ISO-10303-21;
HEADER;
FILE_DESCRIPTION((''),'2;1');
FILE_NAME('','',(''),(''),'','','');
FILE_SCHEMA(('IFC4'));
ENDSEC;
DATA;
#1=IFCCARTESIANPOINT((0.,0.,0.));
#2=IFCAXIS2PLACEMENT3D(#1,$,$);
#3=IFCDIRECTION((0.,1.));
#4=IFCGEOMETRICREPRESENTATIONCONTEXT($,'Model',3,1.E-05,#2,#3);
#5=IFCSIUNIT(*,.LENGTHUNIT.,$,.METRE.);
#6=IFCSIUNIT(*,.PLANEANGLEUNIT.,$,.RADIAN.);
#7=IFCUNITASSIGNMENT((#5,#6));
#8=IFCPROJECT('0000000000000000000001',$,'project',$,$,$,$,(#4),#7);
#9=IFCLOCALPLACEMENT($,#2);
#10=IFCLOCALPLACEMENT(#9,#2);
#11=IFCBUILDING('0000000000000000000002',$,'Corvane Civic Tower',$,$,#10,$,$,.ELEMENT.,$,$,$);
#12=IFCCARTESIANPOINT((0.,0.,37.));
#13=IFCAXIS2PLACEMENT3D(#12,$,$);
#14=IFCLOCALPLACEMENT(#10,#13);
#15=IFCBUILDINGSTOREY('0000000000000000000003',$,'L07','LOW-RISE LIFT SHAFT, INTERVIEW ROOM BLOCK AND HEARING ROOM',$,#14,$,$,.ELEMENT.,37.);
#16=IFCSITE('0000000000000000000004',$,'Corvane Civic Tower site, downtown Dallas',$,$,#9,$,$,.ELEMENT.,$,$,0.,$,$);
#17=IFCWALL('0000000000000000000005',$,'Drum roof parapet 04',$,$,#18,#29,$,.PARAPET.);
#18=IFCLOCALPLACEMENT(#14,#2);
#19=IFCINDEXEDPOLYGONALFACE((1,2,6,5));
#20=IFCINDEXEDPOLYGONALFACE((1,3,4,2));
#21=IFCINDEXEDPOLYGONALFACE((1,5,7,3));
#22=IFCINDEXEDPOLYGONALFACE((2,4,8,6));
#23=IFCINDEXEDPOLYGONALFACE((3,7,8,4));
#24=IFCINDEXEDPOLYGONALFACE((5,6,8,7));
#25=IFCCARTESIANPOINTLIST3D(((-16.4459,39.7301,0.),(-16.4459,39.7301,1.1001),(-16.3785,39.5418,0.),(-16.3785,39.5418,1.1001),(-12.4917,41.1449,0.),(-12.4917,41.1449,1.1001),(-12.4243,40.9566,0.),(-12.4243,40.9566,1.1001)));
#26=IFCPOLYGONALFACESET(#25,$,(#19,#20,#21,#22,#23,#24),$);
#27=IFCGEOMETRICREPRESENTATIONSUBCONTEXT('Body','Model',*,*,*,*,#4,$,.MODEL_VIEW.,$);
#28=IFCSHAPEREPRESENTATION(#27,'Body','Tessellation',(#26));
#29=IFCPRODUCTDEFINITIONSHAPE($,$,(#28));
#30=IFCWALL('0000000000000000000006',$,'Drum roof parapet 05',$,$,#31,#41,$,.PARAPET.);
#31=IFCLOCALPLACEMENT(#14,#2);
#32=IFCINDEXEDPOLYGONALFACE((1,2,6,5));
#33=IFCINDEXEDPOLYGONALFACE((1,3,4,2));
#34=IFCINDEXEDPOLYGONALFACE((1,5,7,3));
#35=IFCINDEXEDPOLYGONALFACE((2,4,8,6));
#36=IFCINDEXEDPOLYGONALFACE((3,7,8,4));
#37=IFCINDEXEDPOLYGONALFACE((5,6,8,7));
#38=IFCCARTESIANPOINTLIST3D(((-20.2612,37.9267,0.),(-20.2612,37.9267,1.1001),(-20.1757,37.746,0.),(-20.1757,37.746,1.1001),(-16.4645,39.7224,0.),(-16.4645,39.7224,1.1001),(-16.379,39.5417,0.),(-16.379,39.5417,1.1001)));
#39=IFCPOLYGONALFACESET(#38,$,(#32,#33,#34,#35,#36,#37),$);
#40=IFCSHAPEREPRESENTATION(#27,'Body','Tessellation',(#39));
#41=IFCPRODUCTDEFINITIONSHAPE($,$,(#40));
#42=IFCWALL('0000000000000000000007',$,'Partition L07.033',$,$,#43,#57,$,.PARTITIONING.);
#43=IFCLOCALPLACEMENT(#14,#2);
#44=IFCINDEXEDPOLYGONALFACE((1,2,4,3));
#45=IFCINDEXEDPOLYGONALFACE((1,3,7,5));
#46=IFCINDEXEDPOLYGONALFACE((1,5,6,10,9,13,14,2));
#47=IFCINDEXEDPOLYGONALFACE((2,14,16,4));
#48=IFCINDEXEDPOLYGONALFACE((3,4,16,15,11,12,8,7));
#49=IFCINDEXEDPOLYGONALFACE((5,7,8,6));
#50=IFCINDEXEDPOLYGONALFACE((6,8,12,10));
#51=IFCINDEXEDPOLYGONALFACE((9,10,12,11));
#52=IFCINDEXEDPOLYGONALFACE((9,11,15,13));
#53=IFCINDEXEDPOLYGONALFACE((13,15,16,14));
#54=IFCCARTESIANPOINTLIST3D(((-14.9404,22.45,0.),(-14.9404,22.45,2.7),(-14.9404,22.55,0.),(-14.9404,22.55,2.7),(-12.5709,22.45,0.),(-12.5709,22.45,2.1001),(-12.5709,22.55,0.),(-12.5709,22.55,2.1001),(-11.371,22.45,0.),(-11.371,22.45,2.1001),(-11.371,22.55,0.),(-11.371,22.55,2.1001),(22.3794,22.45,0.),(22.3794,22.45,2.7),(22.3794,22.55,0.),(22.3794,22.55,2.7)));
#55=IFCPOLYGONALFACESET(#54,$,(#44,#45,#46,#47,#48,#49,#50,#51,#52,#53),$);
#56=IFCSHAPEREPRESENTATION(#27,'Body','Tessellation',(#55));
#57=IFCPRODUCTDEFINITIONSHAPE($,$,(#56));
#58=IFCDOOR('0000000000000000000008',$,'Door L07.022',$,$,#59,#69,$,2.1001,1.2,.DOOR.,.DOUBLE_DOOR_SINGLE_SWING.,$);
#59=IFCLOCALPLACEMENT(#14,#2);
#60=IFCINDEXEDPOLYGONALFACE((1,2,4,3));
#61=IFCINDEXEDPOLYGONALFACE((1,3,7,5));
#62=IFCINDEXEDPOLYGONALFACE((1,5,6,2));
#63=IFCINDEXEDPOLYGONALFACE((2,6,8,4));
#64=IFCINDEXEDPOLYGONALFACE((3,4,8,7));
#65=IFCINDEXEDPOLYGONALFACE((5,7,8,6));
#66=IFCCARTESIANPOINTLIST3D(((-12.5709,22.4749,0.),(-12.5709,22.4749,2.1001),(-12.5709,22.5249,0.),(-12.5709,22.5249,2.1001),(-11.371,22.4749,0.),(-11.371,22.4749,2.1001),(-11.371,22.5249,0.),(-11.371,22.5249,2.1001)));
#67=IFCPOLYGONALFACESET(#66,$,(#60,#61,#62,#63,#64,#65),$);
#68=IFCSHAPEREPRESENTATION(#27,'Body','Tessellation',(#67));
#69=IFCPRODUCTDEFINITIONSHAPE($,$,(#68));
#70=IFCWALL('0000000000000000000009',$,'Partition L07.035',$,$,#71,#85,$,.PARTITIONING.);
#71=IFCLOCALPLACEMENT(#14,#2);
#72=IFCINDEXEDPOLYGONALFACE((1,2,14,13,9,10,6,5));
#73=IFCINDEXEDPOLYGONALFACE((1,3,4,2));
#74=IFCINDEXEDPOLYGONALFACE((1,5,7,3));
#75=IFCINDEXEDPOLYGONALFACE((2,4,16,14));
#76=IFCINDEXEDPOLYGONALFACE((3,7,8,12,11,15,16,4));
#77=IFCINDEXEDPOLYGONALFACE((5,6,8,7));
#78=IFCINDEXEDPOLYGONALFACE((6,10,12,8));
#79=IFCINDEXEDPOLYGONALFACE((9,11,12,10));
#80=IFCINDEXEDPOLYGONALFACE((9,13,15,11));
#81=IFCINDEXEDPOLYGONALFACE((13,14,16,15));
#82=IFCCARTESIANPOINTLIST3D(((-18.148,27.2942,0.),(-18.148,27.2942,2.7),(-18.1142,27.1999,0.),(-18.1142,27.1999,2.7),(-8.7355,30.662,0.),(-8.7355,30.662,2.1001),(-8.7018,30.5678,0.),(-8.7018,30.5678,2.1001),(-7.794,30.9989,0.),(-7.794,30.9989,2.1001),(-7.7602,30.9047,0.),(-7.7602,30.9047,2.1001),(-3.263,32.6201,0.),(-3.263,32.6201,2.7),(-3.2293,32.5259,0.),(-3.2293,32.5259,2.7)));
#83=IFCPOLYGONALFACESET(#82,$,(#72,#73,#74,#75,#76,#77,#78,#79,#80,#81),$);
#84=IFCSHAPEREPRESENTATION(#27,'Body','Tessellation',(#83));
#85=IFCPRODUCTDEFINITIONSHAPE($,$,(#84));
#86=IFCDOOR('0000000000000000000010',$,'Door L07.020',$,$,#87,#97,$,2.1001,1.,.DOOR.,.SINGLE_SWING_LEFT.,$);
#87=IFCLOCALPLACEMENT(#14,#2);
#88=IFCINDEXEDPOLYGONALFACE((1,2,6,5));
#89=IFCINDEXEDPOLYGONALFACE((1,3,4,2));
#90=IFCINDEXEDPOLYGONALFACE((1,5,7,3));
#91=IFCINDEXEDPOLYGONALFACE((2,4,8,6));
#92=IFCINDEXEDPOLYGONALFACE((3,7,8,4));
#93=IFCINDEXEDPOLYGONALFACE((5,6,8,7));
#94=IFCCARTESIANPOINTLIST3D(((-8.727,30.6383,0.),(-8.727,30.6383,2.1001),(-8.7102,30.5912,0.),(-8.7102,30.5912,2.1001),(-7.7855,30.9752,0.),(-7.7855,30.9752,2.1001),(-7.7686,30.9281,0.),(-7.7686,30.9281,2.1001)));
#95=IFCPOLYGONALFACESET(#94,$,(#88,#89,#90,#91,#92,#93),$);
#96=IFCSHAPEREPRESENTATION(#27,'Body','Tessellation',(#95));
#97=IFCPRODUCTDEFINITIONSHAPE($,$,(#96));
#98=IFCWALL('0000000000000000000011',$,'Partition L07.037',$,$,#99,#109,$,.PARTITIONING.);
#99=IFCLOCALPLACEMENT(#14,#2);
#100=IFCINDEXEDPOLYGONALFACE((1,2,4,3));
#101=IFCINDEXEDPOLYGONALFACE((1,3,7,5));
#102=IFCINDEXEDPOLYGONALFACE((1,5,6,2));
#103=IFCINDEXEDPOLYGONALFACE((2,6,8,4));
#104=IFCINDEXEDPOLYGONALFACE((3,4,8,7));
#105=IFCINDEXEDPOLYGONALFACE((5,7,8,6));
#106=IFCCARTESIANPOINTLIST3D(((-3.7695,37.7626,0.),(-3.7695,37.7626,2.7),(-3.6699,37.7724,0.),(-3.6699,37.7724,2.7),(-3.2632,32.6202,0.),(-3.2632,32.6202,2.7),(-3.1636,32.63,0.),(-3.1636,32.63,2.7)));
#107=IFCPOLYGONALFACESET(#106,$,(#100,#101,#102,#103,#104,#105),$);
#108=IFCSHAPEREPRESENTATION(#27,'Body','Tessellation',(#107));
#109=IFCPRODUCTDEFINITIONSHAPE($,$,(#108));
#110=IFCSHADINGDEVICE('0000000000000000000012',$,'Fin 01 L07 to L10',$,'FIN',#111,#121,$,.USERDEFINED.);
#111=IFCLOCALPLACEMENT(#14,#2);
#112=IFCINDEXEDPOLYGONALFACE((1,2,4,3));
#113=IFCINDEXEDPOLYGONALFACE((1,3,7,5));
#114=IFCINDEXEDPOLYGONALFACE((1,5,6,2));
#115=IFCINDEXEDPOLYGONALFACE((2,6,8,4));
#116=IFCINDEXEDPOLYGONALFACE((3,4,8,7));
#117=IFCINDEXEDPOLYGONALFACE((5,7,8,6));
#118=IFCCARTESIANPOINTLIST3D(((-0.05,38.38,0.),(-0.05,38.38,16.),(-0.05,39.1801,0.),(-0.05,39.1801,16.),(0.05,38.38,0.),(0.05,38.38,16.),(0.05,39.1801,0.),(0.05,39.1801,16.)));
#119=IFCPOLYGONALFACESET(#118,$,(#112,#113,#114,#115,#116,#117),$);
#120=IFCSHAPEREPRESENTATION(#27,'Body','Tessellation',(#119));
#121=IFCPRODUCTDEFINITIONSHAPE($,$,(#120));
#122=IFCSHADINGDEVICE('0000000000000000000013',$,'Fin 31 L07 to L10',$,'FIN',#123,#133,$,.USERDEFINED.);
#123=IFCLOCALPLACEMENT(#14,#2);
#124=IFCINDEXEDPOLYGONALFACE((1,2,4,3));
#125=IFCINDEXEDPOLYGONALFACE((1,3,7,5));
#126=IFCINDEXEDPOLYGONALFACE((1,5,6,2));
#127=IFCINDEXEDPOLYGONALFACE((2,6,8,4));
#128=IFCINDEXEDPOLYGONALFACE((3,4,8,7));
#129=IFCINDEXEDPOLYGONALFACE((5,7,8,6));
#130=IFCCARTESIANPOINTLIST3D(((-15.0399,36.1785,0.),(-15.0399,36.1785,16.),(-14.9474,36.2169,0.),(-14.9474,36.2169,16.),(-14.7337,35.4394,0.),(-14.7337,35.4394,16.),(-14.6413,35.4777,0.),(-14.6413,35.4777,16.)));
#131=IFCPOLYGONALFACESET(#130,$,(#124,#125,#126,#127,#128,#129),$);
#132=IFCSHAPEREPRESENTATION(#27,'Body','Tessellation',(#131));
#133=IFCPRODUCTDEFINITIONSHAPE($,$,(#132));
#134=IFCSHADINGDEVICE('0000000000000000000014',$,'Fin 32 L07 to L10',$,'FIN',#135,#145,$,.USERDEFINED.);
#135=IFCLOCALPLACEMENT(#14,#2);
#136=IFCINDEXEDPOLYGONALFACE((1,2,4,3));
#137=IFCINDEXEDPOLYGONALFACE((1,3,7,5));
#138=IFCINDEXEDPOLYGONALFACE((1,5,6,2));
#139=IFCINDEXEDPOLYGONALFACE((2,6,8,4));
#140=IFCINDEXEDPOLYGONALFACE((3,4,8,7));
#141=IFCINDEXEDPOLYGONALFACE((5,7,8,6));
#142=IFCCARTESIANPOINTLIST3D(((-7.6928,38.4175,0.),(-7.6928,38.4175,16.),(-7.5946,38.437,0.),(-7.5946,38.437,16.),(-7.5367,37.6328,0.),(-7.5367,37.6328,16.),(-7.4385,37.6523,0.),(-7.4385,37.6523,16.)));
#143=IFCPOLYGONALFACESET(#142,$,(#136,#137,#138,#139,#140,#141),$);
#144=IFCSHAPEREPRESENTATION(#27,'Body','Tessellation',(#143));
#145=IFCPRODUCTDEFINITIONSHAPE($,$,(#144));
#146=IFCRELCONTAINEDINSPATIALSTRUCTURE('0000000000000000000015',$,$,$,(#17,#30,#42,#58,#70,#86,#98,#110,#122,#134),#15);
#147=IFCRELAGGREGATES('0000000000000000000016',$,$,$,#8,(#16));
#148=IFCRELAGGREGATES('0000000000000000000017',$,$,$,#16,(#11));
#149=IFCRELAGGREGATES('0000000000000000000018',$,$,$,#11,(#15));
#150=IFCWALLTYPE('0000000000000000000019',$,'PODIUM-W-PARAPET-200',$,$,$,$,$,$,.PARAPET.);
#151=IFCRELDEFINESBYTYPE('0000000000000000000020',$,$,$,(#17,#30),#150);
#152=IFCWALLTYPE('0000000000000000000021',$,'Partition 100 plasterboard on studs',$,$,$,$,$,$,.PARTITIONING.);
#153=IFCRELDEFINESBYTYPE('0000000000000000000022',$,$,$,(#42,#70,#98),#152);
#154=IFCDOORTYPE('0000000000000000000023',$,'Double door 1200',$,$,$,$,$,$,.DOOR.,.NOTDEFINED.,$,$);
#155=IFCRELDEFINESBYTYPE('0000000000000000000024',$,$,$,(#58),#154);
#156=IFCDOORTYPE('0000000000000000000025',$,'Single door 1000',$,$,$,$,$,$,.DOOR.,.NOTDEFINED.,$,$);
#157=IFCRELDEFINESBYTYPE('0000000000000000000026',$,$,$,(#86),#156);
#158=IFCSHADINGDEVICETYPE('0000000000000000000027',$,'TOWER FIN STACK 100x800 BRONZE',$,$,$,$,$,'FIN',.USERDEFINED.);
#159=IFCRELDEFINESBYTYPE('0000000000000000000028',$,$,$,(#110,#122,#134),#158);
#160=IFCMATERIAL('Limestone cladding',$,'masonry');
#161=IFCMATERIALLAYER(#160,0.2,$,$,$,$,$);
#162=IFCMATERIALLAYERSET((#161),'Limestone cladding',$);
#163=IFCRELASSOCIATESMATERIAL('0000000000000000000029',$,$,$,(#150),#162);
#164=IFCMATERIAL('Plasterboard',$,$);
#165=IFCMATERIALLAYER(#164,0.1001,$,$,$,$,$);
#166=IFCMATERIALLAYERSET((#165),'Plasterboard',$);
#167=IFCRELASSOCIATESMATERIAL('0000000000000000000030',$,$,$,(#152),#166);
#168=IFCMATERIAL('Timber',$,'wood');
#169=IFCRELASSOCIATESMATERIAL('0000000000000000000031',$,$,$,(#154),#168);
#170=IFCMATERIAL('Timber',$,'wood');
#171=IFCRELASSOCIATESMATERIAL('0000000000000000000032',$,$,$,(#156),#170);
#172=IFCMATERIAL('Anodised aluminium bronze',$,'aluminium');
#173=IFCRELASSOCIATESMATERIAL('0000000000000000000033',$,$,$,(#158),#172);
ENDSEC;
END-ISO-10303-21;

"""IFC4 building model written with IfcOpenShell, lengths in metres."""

from ifc_helpers import new_model, si_unit, direction, frame, frame_2d, origin, origin_2d, place, context, subcontext, project, spatial, rectangle, extrude, material, layer, layer_set, material_profile, profile_set, type_object, element, fill, save


model = new_model("IFC4")

# Units and contexts
model_context = context("Model", 3, precision=1e-05, world=origin(), true_north=direction((0.0, 1.0)))
body_context = subcontext(model_context, "Body", "Model", "MODEL_VIEW")
ifc_project = project(units=[si_unit("LENGTHUNIT", "METRE"), si_unit("PLANEANGLEUNIT", "RADIAN")], contexts=[model_context])

# Site, building, storey
site_placement = place(None, origin())
site = spatial("IfcSite", under=ifc_project, at=site_placement, Name="Corvane Civic Tower site, downtown Dallas", CompositionType="ELEMENT", RefElevation=0.0)
building_placement = place(site_placement, origin())
building = spatial("IfcBuilding", under=site, at=building_placement, Name="Corvane Civic Tower", CompositionType="ELEMENT")
storey_placement = place(building_placement, frame((0.0, 0.0, 37.0)))
storey = spatial("IfcBuildingStorey", under=building, at=storey_placement, Name="L07", Description="LOW-RISE LIFT SHAFT, INTERVIEW ROOM BLOCK AND HEARING ROOM", CompositionType="ELEMENT", Elevation=37.0)

# Walls
ifc_material_1 = material(Name="Limestone cladding", Category="masonry")
ifc_layer_1 = layer(ifc_material_1, 0.2)
ifc_layer_set_1 = layer_set([ifc_layer_1], Name="Limestone cladding")
wall_type_1 = type_object("IfcWallType", Name="PODIUM-W-PARAPET-200", PredefinedType="PARAPET", material=ifc_layer_set_1)
wall_1_placement = place(storey_placement, frame((-12.458, 41.0508, 0.0), z_axis=(0.0, 0.0, 1.0), x_axis=(-0.941544, -0.336889, 0.0)))
element("IfcWall", 1, at=wall_1_placement, inside=storey, type_object=wall_type_1, Name="Drum roof parapet 04", PredefinedType="PARAPET", context=body_context, shape_type="SweptSolid", body=[
    extrude(rectangle(XDim=4.1997, YDim=0.2, at=frame_2d((2.0999, 0.0))), origin(), (0.0, 0.0, 1.0), 1.1001),
])
wall_2_placement = place(storey_placement, frame((-16.4216, 39.6321, 0.0), z_axis=(0.0, 0.0, 1.0), x_axis=(-0.903991, -0.427552, 0.0)))
element("IfcWall", 2, at=wall_2_placement, inside=storey, type_object=wall_type_1, Name="Drum roof parapet 05", PredefinedType="PARAPET", context=body_context, shape_type="SweptSolid", body=[
    extrude(rectangle(XDim=4.2, YDim=0.2, at=frame_2d((2.1001, 0.0))), origin(), (0.0, 0.0, 1.0), 1.1001),
])

# Walls, openings, doors
ifc_material_2 = material(Name="Plasterboard")
ifc_layer_2 = layer(ifc_material_2, 0.1001)
ifc_layer_set_2 = layer_set([ifc_layer_2], Name="Plasterboard")
wall_type_2 = type_object("IfcWallType", Name="Partition 100 plasterboard on studs", PredefinedType="PARTITIONING", material=ifc_layer_set_2)
wall_3_placement = place(storey_placement, frame((-14.9404, 22.5, 0.0), z_axis=(0.0, 0.0, 1.0), x_axis=(1.0, 0.0, 0.0)))
wall_3 = element("IfcWall", 3, at=wall_3_placement, inside=storey, type_object=wall_type_2, Name="Partition L07.033", PredefinedType="PARTITIONING", context=body_context, shape_type="SweptSolid", body=[
    extrude(rectangle(XDim=37.3198, YDim=0.1001, at=frame_2d((18.6599, 0.0))), origin(), (0.0, 0.0, 1.0), 2.7),
])
opening_1_placement = place(wall_3_placement, frame((2.3694, 0.0, 0.0)))
opening_1 = element("IfcOpeningElement", 4, at=opening_1_placement, cuts=wall_3, PredefinedType="OPENING", context=body_context, shape_type="SweptSolid", body=[
    extrude(rectangle(XDim=1.2, YDim=2.1001, at=frame_2d((0.6001, 1.05))), frame((0.0, 0.0601, 0.0), z_axis=(0.0, -1.0, 0.0), x_axis=(1.0, 0.0, 0.0)), (0.0, 0.0, 1.0), 0.1201),
])
ifc_material_3 = material(Name="Timber", Category="wood")
door_type_1 = type_object("IfcDoorType", Name="Double door 1200", OperationType="NOTDEFINED", PredefinedType="DOOR", material=ifc_material_3)
door_1_placement = place(opening_1_placement, origin())
door_1 = element("IfcDoor", 5, at=door_1_placement, inside=storey, type_object=door_type_1, Name="Door L07.022", OperationType="DOUBLE_DOOR_SINGLE_SWING", OverallHeight=2.1001, OverallWidth=1.2, PredefinedType="DOOR", context=body_context, shape_type="SweptSolid", body=[
    extrude(rectangle(XDim=1.2, YDim=2.1001, at=frame_2d((0.6001, 1.05))), frame((0.0, 0.0249, 0.0), z_axis=(0.0, -1.0, 0.0), x_axis=(1.0, 0.0, 0.0)), (0.0, 0.0, 1.0), 0.05),
])
fill(opening_1, door_1)
wall_4_placement = place(storey_placement, frame((-18.1311, 27.2471, 0.0), z_axis=(0.0, 0.0, 1.0), x_axis=(0.941544, 0.336889, 0.0)))
wall_4 = element("IfcWall", 6, at=wall_4_placement, inside=storey, type_object=wall_type_2, Name="Partition L07.035", PredefinedType="PARTITIONING", context=body_context, shape_type="SweptSolid", body=[
    extrude(rectangle(XDim=15.8091, YDim=0.1001, at=frame_2d((7.9045, 0.0))), origin(), (0.0, 0.0, 1.0), 2.7),
])
opening_2_placement = place(wall_4_placement, frame((9.9968, 0.0, 0.0)))
opening_2 = element("IfcOpeningElement", 7, at=opening_2_placement, cuts=wall_4, PredefinedType="OPENING", context=body_context, shape_type="SweptSolid", body=[
    extrude(rectangle(XDim=1.0, YDim=2.1001, at=frame_2d((0.5, 1.05))), frame((0.0, 0.0601, 0.0), z_axis=(0.0, -1.0, 0.0), x_axis=(1.0, 0.0, 0.0)), (0.0, 0.0, 1.0), 0.1201),
])
ifc_material_4 = material(Name="Timber", Category="wood")
door_type_2 = type_object("IfcDoorType", Name="Single door 1000", OperationType="NOTDEFINED", PredefinedType="DOOR", material=ifc_material_4)
door_2_placement = place(opening_2_placement, origin())
door_2 = element("IfcDoor", 8, at=door_2_placement, inside=storey, type_object=door_type_2, Name="Door L07.020", OperationType="SINGLE_SWING_LEFT", OverallHeight=2.1001, OverallWidth=1.0, PredefinedType="DOOR", context=body_context, shape_type="SweptSolid", body=[
    extrude(rectangle(XDim=1.0, YDim=2.1001, at=frame_2d((0.5, 1.05))), frame((0.0, 0.0249, 0.0), z_axis=(0.0, -1.0, 0.0), x_axis=(1.0, 0.0, 0.0)), (0.0, 0.0, 1.0), 0.05),
])
fill(opening_2, door_2)

# Wall
wall_5_placement = place(storey_placement, frame((-3.7197, 37.7673, 0.0), z_axis=(0.0, 0.0, 1.0), x_axis=(0.097993, -0.995187, 0.0)))
element("IfcWall", 9, at=wall_5_placement, inside=storey, type_object=wall_type_2, Name="Partition L07.037", PredefinedType="PARTITIONING", context=body_context, shape_type="SweptSolid", body=[
    extrude(rectangle(XDim=5.1672, YDim=0.1001, at=frame_2d((2.5835, 0.0))), origin(), (0.0, 0.0, 1.0), 2.7),
])

# Shading devices
ifc_material_5 = material(Name="Anodised aluminium bronze", Category="aluminium")
ifc_material_profile_1 = material_profile(ifc_material_5, rectangle(XDim=0.1001, YDim=0.8, at=origin_2d()), Name="TOWER FIN STACK 100x800 BRONZE")
ifc_profile_set_1 = profile_set([ifc_material_profile_1], Name="Anodised aluminium bronze")
shading_device_type = type_object("IfcShadingDeviceType", Name="TOWER FIN STACK 100x800 BRONZE", ElementType="FIN", PredefinedType="USERDEFINED", material=ifc_profile_set_1)
for number, where, z_axis, x_axis, name in (
    (10, (0.0, 38.78, 0.0), (0.0, 0.0, 1.0), (1.0, 0.0, 0.0), "Fin 01 L07 to L10"),
    (11, (-14.8406, 35.8281, 0.0), (0.0, 0.0, 1.0), (0.92388, 0.382683, 0.0), "Fin 31 L07 to L10"),
    (12, (-7.5657, 38.0349, 0.0), (0.0, 0.0, 1.0), (0.980785, 0.19509, 0.0), "Fin 32 L07 to L10"),
):
    element("IfcShadingDevice", number, at=place(storey_placement, frame(where, z_axis=z_axis, x_axis=x_axis)), inside=storey, type_object=shading_device_type, Name=name, ObjectType="FIN", PredefinedType="USERDEFINED", context=body_context, shape_type="SweptSolid", body=[
        extrude(rectangle(XDim=0.1001, YDim=0.8, at=origin_2d()), origin(), (0.0, 0.0, 1.0), 16.0),
    ])

save(model, "model.ifc")
